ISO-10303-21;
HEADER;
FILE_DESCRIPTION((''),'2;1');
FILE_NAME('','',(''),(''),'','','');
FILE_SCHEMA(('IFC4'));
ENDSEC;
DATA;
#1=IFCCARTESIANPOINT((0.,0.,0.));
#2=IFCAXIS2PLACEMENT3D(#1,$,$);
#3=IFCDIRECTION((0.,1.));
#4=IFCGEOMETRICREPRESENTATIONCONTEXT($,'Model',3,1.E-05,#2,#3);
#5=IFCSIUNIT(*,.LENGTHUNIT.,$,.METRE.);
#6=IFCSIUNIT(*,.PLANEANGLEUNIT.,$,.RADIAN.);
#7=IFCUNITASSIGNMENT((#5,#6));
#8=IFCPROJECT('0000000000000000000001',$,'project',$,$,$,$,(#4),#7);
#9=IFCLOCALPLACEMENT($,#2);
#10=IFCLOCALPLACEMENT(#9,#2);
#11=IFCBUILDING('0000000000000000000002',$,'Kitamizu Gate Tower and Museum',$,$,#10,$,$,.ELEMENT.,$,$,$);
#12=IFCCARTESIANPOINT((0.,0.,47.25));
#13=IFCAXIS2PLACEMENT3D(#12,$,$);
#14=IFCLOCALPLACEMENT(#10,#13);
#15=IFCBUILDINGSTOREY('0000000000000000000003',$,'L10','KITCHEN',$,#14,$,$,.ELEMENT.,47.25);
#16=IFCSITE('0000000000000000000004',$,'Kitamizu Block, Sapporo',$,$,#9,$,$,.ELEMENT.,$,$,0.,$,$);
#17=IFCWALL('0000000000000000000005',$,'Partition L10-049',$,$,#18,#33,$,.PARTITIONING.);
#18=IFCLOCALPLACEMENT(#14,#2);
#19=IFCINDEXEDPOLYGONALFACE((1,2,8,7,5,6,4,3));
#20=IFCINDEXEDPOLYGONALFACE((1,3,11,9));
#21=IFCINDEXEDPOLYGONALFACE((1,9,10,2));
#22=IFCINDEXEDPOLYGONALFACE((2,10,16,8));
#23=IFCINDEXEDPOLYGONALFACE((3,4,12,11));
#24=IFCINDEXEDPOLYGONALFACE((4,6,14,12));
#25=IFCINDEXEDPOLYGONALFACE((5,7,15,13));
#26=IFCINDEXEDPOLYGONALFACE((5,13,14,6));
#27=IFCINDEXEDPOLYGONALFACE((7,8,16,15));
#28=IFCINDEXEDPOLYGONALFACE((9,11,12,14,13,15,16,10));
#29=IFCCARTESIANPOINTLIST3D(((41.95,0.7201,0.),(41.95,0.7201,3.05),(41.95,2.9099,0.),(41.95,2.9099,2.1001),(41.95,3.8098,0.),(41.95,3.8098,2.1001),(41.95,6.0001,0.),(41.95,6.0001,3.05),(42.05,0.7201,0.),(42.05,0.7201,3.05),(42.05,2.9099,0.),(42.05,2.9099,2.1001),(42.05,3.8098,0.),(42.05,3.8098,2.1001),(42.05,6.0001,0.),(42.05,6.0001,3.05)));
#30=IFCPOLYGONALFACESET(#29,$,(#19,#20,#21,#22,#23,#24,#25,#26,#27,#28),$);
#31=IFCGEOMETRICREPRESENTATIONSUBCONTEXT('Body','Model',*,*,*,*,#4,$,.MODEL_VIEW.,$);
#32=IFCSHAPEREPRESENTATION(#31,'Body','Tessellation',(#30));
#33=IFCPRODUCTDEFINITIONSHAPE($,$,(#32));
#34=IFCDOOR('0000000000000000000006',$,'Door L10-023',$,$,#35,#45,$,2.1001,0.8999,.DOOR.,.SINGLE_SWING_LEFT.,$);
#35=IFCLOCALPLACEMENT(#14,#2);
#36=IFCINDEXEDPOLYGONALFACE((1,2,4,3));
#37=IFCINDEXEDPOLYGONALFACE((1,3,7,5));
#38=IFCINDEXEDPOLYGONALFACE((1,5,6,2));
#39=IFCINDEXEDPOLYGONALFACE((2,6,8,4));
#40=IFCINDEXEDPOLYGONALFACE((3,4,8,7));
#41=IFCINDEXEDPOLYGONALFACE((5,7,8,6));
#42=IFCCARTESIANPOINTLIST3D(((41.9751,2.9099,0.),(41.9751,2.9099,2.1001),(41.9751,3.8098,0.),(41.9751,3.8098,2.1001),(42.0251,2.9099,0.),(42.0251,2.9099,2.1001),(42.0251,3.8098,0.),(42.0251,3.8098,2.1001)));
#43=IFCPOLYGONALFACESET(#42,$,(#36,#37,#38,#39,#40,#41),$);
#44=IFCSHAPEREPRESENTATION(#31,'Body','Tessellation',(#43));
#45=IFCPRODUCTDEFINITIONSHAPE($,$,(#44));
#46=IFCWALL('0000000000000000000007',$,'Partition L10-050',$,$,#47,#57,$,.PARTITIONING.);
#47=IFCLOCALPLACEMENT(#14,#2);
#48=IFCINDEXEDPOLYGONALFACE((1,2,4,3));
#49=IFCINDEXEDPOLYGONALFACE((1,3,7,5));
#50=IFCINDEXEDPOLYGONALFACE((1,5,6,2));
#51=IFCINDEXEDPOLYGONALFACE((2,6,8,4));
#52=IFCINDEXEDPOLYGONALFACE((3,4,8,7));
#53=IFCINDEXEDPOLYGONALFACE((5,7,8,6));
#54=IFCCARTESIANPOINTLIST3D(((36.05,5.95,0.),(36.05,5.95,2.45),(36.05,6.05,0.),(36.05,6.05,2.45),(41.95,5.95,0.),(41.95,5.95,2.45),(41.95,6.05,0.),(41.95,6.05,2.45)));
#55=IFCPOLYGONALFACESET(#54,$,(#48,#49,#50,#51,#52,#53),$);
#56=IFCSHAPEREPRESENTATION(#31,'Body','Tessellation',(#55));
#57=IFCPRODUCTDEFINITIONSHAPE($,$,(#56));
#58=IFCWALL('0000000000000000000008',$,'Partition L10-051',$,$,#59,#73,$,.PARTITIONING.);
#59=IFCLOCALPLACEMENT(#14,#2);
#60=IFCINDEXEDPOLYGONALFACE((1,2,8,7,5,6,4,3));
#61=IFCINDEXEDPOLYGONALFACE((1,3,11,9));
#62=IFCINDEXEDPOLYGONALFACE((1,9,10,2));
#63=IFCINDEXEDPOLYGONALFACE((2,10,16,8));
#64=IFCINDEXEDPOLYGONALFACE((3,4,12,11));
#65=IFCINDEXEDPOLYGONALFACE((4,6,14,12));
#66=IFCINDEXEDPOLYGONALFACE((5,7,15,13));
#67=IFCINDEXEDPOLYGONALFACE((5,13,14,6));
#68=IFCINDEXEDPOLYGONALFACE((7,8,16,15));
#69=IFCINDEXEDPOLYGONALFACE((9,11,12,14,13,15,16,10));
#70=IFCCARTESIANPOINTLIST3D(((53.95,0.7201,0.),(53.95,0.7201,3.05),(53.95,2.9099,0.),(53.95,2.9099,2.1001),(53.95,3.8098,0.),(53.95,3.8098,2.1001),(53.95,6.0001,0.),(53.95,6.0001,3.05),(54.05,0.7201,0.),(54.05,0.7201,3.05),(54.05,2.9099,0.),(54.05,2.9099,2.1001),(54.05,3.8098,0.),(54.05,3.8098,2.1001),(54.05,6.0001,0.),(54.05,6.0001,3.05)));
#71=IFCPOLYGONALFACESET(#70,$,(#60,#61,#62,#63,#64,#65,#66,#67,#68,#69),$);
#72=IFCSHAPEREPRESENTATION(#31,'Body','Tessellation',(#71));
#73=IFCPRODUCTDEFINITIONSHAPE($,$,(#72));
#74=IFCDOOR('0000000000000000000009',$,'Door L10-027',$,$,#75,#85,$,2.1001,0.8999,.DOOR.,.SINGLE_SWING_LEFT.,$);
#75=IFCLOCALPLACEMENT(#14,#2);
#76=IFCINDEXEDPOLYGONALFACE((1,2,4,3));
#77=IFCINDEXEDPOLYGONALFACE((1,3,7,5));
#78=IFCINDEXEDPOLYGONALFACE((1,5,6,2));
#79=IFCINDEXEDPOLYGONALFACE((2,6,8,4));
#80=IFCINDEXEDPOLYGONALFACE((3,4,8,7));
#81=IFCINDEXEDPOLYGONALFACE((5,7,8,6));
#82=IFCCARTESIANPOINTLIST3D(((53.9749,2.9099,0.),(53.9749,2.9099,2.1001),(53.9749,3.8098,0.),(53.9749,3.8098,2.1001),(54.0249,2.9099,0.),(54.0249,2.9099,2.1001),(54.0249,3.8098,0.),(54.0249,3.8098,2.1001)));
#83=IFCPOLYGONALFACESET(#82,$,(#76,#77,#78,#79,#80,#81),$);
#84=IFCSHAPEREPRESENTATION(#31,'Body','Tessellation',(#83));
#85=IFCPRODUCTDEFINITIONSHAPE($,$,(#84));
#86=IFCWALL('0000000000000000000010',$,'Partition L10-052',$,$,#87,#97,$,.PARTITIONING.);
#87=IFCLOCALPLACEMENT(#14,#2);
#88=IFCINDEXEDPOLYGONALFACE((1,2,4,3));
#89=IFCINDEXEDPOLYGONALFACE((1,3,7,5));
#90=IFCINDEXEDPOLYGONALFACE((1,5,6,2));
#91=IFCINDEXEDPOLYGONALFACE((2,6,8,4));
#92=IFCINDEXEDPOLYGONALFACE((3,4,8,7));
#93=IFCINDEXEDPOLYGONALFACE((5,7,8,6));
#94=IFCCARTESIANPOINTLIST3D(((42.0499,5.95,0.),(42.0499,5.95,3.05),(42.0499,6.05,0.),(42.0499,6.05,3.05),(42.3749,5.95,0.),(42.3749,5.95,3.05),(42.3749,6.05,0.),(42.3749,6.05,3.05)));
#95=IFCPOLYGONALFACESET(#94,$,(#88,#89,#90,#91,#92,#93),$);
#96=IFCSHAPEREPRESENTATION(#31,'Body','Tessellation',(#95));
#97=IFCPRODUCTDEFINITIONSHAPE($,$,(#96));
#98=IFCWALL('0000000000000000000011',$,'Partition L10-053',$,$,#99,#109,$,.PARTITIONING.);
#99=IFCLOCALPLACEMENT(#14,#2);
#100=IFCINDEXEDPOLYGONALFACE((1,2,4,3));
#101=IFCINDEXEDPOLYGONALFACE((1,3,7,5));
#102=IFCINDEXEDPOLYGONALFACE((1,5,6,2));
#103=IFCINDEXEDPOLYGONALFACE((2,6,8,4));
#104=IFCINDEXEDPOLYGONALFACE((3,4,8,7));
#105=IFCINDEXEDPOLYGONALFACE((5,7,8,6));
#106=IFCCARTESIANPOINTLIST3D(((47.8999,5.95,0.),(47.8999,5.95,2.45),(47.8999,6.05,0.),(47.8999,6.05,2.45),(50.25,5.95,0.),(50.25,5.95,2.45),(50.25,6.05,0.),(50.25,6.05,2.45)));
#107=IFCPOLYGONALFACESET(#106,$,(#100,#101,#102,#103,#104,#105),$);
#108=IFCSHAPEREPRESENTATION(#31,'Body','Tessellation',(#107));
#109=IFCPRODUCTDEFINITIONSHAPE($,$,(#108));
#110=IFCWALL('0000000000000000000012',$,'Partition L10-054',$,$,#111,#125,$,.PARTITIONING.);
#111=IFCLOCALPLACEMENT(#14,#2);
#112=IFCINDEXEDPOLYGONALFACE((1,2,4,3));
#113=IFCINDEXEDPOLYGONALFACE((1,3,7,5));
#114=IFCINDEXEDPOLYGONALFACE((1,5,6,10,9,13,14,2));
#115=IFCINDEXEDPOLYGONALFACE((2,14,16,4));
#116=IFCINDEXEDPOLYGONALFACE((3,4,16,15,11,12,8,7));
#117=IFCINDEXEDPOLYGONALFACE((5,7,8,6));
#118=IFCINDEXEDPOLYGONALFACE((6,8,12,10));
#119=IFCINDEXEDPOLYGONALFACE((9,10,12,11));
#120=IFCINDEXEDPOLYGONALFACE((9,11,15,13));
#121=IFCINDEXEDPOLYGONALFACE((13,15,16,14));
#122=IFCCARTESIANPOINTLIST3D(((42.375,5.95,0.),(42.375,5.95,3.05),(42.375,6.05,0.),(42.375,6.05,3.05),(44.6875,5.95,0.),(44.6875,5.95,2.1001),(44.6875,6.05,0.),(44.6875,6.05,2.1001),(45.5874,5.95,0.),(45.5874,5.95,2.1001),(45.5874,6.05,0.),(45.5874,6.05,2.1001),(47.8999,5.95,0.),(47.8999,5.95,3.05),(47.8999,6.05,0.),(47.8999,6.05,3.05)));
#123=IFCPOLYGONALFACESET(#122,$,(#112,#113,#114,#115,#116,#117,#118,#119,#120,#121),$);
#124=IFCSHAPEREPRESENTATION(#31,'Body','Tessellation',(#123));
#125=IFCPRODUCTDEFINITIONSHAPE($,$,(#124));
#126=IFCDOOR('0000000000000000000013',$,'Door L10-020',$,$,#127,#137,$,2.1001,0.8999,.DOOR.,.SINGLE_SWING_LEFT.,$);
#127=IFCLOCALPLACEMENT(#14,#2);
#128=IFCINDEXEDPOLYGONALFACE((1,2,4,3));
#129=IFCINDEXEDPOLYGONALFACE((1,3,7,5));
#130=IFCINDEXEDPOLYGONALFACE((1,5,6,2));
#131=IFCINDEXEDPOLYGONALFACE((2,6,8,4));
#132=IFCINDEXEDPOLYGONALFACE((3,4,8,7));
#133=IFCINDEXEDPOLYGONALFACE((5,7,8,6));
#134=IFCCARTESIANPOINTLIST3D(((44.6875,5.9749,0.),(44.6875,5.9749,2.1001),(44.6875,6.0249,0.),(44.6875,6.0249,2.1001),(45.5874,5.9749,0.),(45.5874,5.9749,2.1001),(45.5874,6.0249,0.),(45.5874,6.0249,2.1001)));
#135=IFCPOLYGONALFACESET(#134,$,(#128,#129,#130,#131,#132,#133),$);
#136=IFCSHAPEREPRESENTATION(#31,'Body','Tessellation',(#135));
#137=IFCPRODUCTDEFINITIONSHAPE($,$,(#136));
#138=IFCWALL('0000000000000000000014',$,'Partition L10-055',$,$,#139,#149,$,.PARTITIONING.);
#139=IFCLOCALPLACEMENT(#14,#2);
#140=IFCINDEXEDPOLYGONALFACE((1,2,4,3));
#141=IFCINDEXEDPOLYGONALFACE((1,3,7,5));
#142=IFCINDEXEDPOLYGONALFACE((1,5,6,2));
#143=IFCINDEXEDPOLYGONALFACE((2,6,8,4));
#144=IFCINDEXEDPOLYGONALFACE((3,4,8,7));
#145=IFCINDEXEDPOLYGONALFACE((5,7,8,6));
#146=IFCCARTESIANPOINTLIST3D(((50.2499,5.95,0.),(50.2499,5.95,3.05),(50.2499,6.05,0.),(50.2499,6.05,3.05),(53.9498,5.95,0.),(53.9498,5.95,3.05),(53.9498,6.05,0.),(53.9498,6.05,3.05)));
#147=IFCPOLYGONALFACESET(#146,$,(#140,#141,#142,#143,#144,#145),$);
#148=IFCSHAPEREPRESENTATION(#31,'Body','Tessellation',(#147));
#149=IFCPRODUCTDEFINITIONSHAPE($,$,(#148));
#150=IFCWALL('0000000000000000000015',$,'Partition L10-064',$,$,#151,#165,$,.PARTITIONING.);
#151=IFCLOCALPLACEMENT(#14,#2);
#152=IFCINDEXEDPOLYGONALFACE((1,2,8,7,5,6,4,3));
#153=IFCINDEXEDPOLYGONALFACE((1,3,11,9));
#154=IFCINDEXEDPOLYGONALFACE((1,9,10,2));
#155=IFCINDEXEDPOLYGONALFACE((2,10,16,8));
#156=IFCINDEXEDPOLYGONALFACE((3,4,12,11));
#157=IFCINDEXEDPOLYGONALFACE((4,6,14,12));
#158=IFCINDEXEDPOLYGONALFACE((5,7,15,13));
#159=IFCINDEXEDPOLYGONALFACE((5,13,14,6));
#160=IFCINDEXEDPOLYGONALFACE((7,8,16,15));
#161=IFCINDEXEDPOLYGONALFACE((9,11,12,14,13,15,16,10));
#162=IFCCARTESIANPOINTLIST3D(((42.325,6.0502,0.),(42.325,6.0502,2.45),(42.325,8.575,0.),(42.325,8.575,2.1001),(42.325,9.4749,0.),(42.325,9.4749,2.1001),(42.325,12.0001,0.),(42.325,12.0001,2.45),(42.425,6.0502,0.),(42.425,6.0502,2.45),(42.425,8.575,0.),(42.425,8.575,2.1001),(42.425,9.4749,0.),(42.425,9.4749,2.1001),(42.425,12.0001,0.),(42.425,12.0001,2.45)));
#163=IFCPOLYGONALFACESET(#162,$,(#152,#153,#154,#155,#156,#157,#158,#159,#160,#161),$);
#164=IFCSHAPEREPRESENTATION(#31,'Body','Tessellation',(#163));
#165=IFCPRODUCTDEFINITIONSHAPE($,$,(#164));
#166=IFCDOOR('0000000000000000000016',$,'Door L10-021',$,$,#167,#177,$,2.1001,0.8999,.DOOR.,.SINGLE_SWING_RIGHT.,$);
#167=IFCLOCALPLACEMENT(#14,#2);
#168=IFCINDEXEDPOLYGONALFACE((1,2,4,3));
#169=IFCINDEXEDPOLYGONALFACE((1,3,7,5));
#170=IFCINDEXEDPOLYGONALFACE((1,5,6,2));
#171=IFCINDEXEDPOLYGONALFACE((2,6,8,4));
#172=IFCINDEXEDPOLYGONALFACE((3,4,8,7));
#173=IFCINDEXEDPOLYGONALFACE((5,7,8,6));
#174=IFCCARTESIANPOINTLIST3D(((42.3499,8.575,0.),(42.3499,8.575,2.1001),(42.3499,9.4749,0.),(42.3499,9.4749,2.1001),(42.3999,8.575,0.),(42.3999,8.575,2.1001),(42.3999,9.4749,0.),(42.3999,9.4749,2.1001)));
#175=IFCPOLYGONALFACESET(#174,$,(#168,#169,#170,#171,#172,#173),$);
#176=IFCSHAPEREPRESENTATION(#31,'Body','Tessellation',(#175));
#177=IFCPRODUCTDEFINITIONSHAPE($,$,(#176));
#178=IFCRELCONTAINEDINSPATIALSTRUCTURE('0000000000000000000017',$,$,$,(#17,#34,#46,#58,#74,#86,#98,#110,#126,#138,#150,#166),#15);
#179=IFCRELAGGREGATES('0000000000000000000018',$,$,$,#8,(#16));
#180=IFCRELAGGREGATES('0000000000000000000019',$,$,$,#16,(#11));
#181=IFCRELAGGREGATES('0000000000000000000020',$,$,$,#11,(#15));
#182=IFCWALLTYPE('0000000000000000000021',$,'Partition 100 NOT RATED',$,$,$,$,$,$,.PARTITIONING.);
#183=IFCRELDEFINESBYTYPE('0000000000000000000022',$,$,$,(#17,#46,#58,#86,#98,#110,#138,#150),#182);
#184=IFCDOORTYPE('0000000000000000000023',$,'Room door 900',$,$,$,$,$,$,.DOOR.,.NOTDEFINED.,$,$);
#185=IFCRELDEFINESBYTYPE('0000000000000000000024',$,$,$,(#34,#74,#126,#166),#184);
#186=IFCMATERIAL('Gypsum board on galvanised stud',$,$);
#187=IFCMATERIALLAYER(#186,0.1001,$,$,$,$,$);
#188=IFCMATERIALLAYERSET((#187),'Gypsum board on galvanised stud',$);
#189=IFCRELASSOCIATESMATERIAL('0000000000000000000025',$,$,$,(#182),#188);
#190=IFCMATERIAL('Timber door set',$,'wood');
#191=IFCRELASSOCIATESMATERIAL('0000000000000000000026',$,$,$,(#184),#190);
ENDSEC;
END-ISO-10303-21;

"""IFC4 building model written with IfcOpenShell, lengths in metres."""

from ifc_helpers import new_model, si_unit, direction, frame, frame_2d, origin, place, context, subcontext, project, spatial, rectangle, extrude, material, layer, layer_set, type_object, element, fill, save


model = new_model("IFC4")

# Units and contexts
model_context = context("Model", 3, precision=1e-05, world=origin(), true_north=direction((0.0, 1.0)))
body_context = subcontext(model_context, "Body", "Model", "MODEL_VIEW")
ifc_project = project(units=[si_unit("LENGTHUNIT", "METRE"), si_unit("PLANEANGLEUNIT", "RADIAN")], contexts=[model_context])

# Site, building, storey
site_placement = place(None, origin())
site = spatial("IfcSite", under=ifc_project, at=site_placement, Name="Kitamizu Block, Sapporo", CompositionType="ELEMENT", RefElevation=0.0)
building_placement = place(site_placement, origin())
building = spatial("IfcBuilding", under=site, at=building_placement, Name="Kitamizu Gate Tower and Museum", CompositionType="ELEMENT")
storey_placement = place(building_placement, frame((0.0, 0.0, 47.25)))
storey = spatial("IfcBuildingStorey", under=building, at=storey_placement, Name="L10", Description="KITCHEN", CompositionType="ELEMENT", Elevation=47.25)

# Shared definitions
ifc_material_1 = material(Name="Gypsum board on galvanised stud")
ifc_layer = layer(ifc_material_1, 0.1001)
ifc_layer_set = layer_set([ifc_layer], Name="Gypsum board on galvanised stud")
wall_type = type_object("IfcWallType", Name="Partition 100 NOT RATED", PredefinedType="PARTITIONING", material=ifc_layer_set)

# Wall, opening, door
ifc_material_2 = material(Name="Timber door set", Category="wood")
door_type = type_object("IfcDoorType", Name="Room door 900", OperationType="NOTDEFINED", PredefinedType="DOOR", material=ifc_material_2)
wall_1_placement = place(storey_placement, frame((42.0, 0.72, 0.0), z_axis=(0.0, 0.0, 1.0), x_axis=(0.0, 1.0, 0.0)))
wall_1 = element("IfcWall", 1, at=wall_1_placement, inside=storey, type_object=wall_type, Name="Partition L10-049", PredefinedType="PARTITIONING", context=body_context, shape_type="SweptSolid", body=[
    extrude(rectangle(XDim=5.28, YDim=0.1001, at=frame_2d((2.6401, 0.0))), origin(), (0.0, 0.0, 1.0), 3.05),
])
opening_1_placement = place(wall_1_placement, frame((2.1899, 0.0, 0.0)))
opening_1 = element("IfcOpeningElement", 2, at=opening_1_placement, cuts=wall_1, PredefinedType="OPENING", context=body_context, shape_type="SweptSolid", body=[
    extrude(rectangle(XDim=0.8999, YDim=2.1001, at=frame_2d((0.45, 1.05))), frame((0.0, 0.0601, 0.0), z_axis=(0.0, -1.0, 0.0), x_axis=(1.0, 0.0, 0.0)), (0.0, 0.0, 1.0), 0.1201),
])
door_1_placement = place(opening_1_placement, origin())
door_1 = element("IfcDoor", 3, at=door_1_placement, inside=storey, type_object=door_type, Name="Door L10-023", OperationType="SINGLE_SWING_LEFT", OverallHeight=2.1001, OverallWidth=0.8999, PredefinedType="DOOR", context=body_context, shape_type="SweptSolid", body=[
    extrude(rectangle(XDim=0.8999, YDim=2.1001, at=frame_2d((0.45, 1.05))), frame((0.0, 0.0249, 0.0), z_axis=(0.0, -1.0, 0.0), x_axis=(1.0, 0.0, 0.0)), (0.0, 0.0, 1.0), 0.05),
])
fill(opening_1, door_1)

# Wall
wall_2_placement = place(storey_placement, frame((41.95, 6.0, 0.0), z_axis=(0.0, 0.0, 1.0), x_axis=(-1.0, 0.0, 0.0)))
element("IfcWall", 4, at=wall_2_placement, inside=storey, type_object=wall_type, Name="Partition L10-050", PredefinedType="PARTITIONING", context=body_context, shape_type="SweptSolid", body=[
    extrude(rectangle(XDim=5.8999, YDim=0.1001, at=frame_2d((2.95, 0.0))), origin(), (0.0, 0.0, 1.0), 2.45),
])

# Wall, opening, door
wall_3_placement = place(storey_placement, frame((54.0, 0.72, 0.0), z_axis=(0.0, 0.0, 1.0), x_axis=(0.0, 1.0, 0.0)))
wall_3 = element("IfcWall", 5, at=wall_3_placement, inside=storey, type_object=wall_type, Name="Partition L10-051", PredefinedType="PARTITIONING", context=body_context, shape_type="SweptSolid", body=[
    extrude(rectangle(XDim=5.28, YDim=0.1001, at=frame_2d((2.6401, 0.0))), origin(), (0.0, 0.0, 1.0), 3.05),
])
opening_2_placement = place(wall_3_placement, frame((2.1899, 0.0, 0.0)))
opening_2 = element("IfcOpeningElement", 6, at=opening_2_placement, cuts=wall_3, PredefinedType="OPENING", context=body_context, shape_type="SweptSolid", body=[
    extrude(rectangle(XDim=0.8999, YDim=2.1001, at=frame_2d((0.45, 1.05))), frame((0.0, 0.0601, 0.0), z_axis=(0.0, -1.0, 0.0), x_axis=(1.0, 0.0, 0.0)), (0.0, 0.0, 1.0), 0.1201),
])
door_2_placement = place(opening_2_placement, frame((0.8999, 0.0, 0.0), x_axis=(-1.0, 0.0, 0.0)))
door_2 = element("IfcDoor", 7, at=door_2_placement, inside=storey, type_object=door_type, Name="Door L10-027", OperationType="SINGLE_SWING_LEFT", OverallHeight=2.1001, OverallWidth=0.8999, PredefinedType="DOOR", context=body_context, shape_type="SweptSolid", body=[
    extrude(rectangle(XDim=0.8999, YDim=2.1001, at=frame_2d((0.45, 1.05))), frame((0.0, 0.0249, 0.0), z_axis=(0.0, -1.0, 0.0), x_axis=(1.0, 0.0, 0.0)), (0.0, 0.0, 1.0), 0.05),
])
fill(opening_2, door_2)

# Walls
wall_4_placement = place(storey_placement, frame((42.375, 6.0, 0.0), z_axis=(0.0, 0.0, 1.0), x_axis=(-1.0, 0.0, 0.0)))
element("IfcWall", 8, at=wall_4_placement, inside=storey, type_object=wall_type, Name="Partition L10-052", PredefinedType="PARTITIONING", context=body_context, shape_type="SweptSolid", body=[
    extrude(rectangle(XDim=0.325, YDim=0.1001, at=frame_2d((0.1626, 0.0))), origin(), (0.0, 0.0, 1.0), 3.05),
])
wall_5_placement = place(storey_placement, frame((50.25, 6.0, 0.0), z_axis=(0.0, 0.0, 1.0), x_axis=(-1.0, 0.0, 0.0)))
element("IfcWall", 9, at=wall_5_placement, inside=storey, type_object=wall_type, Name="Partition L10-053", PredefinedType="PARTITIONING", context=body_context, shape_type="SweptSolid", body=[
    extrude(rectangle(XDim=2.3501, YDim=0.1001, at=frame_2d((1.175, 0.0))), origin(), (0.0, 0.0, 1.0), 2.45),
])

# Wall, opening, door
wall_6_placement = place(storey_placement, frame((47.8999, 6.0, 0.0), z_axis=(0.0, 0.0, 1.0), x_axis=(-1.0, 0.0, 0.0)))
wall_6 = element("IfcWall", 10, at=wall_6_placement, inside=storey, type_object=wall_type, Name="Partition L10-054", PredefinedType="PARTITIONING", context=body_context, shape_type="SweptSolid", body=[
    extrude(rectangle(XDim=5.5249, YDim=0.1001, at=frame_2d((2.7625, 0.0))), origin(), (0.0, 0.0, 1.0), 3.05),
])
opening_3_placement = place(wall_6_placement, frame((2.3125, 0.0, 0.0)))
opening_3 = element("IfcOpeningElement", 11, at=opening_3_placement, cuts=wall_6, PredefinedType="OPENING", context=body_context, shape_type="SweptSolid", body=[
    extrude(rectangle(XDim=0.8999, YDim=2.1001, at=frame_2d((0.45, 1.05))), frame((0.0, 0.0601, 0.0), z_axis=(0.0, -1.0, 0.0), x_axis=(1.0, 0.0, 0.0)), (0.0, 0.0, 1.0), 0.1201),
])
door_3_placement = place(opening_3_placement, frame((0.8999, 0.0, 0.0), x_axis=(-1.0, 0.0, 0.0)))
door_3 = element("IfcDoor", 12, at=door_3_placement, inside=storey, type_object=door_type, Name="Door L10-020", OperationType="SINGLE_SWING_LEFT", OverallHeight=2.1001, OverallWidth=0.8999, PredefinedType="DOOR", context=body_context, shape_type="SweptSolid", body=[
    extrude(rectangle(XDim=0.8999, YDim=2.1001, at=frame_2d((0.45, 1.05))), frame((0.0, 0.0249, 0.0), z_axis=(0.0, -1.0, 0.0), x_axis=(1.0, 0.0, 0.0)), (0.0, 0.0, 1.0), 0.05),
])
fill(opening_3, door_3)

# Wall
wall_7_placement = place(storey_placement, frame((53.95, 6.0, 0.0), z_axis=(0.0, 0.0, 1.0), x_axis=(-1.0, 0.0, 0.0)))
element("IfcWall", 13, at=wall_7_placement, inside=storey, type_object=wall_type, Name="Partition L10-055", PredefinedType="PARTITIONING", context=body_context, shape_type="SweptSolid", body=[
    extrude(rectangle(XDim=3.7, YDim=0.1001, at=frame_2d((1.8501, 0.0))), origin(), (0.0, 0.0, 1.0), 3.05),
])

# Wall, opening, door
wall_8_placement = place(storey_placement, frame((42.375, 6.05, 0.0), z_axis=(0.0, 0.0, 1.0), x_axis=(0.0, 1.0, 0.0)))
wall_8 = element("IfcWall", 14, at=wall_8_placement, inside=storey, type_object=wall_type, Name="Partition L10-064", PredefinedType="PARTITIONING", context=body_context, shape_type="SweptSolid", body=[
    extrude(rectangle(XDim=5.95, YDim=0.1001, at=frame_2d((2.9751, 0.0))), origin(), (0.0, 0.0, 1.0), 2.45),
])
opening_4_placement = place(wall_8_placement, frame((2.5249, 0.0, 0.0)))
opening_4 = element("IfcOpeningElement", 15, at=opening_4_placement, cuts=wall_8, PredefinedType="OPENING", context=body_context, shape_type="SweptSolid", body=[
    extrude(rectangle(XDim=0.8999, YDim=2.1001, at=frame_2d((0.45, 1.05))), frame((0.0, 0.0601, 0.0), z_axis=(0.0, -1.0, 0.0), x_axis=(1.0, 0.0, 0.0)), (0.0, 0.0, 1.0), 0.1201),
])
door_4_placement = place(opening_4_placement, frame((0.8999, 0.0, 0.0), x_axis=(-1.0, 0.0, 0.0)))
door_4 = element("IfcDoor", 16, at=door_4_placement, inside=storey, type_object=door_type, Name="Door L10-021", OperationType="SINGLE_SWING_RIGHT", OverallHeight=2.1001, OverallWidth=0.8999, PredefinedType="DOOR", context=body_context, shape_type="SweptSolid", body=[
    extrude(rectangle(XDim=0.8999, YDim=2.1001, at=frame_2d((0.45, 1.05))), frame((0.0, 0.0249, 0.0), z_axis=(0.0, -1.0, 0.0), x_axis=(1.0, 0.0, 0.0)), (0.0, 0.0, 1.0), 0.05),
])
fill(opening_4, door_4)

save(model, "model.ifc")
